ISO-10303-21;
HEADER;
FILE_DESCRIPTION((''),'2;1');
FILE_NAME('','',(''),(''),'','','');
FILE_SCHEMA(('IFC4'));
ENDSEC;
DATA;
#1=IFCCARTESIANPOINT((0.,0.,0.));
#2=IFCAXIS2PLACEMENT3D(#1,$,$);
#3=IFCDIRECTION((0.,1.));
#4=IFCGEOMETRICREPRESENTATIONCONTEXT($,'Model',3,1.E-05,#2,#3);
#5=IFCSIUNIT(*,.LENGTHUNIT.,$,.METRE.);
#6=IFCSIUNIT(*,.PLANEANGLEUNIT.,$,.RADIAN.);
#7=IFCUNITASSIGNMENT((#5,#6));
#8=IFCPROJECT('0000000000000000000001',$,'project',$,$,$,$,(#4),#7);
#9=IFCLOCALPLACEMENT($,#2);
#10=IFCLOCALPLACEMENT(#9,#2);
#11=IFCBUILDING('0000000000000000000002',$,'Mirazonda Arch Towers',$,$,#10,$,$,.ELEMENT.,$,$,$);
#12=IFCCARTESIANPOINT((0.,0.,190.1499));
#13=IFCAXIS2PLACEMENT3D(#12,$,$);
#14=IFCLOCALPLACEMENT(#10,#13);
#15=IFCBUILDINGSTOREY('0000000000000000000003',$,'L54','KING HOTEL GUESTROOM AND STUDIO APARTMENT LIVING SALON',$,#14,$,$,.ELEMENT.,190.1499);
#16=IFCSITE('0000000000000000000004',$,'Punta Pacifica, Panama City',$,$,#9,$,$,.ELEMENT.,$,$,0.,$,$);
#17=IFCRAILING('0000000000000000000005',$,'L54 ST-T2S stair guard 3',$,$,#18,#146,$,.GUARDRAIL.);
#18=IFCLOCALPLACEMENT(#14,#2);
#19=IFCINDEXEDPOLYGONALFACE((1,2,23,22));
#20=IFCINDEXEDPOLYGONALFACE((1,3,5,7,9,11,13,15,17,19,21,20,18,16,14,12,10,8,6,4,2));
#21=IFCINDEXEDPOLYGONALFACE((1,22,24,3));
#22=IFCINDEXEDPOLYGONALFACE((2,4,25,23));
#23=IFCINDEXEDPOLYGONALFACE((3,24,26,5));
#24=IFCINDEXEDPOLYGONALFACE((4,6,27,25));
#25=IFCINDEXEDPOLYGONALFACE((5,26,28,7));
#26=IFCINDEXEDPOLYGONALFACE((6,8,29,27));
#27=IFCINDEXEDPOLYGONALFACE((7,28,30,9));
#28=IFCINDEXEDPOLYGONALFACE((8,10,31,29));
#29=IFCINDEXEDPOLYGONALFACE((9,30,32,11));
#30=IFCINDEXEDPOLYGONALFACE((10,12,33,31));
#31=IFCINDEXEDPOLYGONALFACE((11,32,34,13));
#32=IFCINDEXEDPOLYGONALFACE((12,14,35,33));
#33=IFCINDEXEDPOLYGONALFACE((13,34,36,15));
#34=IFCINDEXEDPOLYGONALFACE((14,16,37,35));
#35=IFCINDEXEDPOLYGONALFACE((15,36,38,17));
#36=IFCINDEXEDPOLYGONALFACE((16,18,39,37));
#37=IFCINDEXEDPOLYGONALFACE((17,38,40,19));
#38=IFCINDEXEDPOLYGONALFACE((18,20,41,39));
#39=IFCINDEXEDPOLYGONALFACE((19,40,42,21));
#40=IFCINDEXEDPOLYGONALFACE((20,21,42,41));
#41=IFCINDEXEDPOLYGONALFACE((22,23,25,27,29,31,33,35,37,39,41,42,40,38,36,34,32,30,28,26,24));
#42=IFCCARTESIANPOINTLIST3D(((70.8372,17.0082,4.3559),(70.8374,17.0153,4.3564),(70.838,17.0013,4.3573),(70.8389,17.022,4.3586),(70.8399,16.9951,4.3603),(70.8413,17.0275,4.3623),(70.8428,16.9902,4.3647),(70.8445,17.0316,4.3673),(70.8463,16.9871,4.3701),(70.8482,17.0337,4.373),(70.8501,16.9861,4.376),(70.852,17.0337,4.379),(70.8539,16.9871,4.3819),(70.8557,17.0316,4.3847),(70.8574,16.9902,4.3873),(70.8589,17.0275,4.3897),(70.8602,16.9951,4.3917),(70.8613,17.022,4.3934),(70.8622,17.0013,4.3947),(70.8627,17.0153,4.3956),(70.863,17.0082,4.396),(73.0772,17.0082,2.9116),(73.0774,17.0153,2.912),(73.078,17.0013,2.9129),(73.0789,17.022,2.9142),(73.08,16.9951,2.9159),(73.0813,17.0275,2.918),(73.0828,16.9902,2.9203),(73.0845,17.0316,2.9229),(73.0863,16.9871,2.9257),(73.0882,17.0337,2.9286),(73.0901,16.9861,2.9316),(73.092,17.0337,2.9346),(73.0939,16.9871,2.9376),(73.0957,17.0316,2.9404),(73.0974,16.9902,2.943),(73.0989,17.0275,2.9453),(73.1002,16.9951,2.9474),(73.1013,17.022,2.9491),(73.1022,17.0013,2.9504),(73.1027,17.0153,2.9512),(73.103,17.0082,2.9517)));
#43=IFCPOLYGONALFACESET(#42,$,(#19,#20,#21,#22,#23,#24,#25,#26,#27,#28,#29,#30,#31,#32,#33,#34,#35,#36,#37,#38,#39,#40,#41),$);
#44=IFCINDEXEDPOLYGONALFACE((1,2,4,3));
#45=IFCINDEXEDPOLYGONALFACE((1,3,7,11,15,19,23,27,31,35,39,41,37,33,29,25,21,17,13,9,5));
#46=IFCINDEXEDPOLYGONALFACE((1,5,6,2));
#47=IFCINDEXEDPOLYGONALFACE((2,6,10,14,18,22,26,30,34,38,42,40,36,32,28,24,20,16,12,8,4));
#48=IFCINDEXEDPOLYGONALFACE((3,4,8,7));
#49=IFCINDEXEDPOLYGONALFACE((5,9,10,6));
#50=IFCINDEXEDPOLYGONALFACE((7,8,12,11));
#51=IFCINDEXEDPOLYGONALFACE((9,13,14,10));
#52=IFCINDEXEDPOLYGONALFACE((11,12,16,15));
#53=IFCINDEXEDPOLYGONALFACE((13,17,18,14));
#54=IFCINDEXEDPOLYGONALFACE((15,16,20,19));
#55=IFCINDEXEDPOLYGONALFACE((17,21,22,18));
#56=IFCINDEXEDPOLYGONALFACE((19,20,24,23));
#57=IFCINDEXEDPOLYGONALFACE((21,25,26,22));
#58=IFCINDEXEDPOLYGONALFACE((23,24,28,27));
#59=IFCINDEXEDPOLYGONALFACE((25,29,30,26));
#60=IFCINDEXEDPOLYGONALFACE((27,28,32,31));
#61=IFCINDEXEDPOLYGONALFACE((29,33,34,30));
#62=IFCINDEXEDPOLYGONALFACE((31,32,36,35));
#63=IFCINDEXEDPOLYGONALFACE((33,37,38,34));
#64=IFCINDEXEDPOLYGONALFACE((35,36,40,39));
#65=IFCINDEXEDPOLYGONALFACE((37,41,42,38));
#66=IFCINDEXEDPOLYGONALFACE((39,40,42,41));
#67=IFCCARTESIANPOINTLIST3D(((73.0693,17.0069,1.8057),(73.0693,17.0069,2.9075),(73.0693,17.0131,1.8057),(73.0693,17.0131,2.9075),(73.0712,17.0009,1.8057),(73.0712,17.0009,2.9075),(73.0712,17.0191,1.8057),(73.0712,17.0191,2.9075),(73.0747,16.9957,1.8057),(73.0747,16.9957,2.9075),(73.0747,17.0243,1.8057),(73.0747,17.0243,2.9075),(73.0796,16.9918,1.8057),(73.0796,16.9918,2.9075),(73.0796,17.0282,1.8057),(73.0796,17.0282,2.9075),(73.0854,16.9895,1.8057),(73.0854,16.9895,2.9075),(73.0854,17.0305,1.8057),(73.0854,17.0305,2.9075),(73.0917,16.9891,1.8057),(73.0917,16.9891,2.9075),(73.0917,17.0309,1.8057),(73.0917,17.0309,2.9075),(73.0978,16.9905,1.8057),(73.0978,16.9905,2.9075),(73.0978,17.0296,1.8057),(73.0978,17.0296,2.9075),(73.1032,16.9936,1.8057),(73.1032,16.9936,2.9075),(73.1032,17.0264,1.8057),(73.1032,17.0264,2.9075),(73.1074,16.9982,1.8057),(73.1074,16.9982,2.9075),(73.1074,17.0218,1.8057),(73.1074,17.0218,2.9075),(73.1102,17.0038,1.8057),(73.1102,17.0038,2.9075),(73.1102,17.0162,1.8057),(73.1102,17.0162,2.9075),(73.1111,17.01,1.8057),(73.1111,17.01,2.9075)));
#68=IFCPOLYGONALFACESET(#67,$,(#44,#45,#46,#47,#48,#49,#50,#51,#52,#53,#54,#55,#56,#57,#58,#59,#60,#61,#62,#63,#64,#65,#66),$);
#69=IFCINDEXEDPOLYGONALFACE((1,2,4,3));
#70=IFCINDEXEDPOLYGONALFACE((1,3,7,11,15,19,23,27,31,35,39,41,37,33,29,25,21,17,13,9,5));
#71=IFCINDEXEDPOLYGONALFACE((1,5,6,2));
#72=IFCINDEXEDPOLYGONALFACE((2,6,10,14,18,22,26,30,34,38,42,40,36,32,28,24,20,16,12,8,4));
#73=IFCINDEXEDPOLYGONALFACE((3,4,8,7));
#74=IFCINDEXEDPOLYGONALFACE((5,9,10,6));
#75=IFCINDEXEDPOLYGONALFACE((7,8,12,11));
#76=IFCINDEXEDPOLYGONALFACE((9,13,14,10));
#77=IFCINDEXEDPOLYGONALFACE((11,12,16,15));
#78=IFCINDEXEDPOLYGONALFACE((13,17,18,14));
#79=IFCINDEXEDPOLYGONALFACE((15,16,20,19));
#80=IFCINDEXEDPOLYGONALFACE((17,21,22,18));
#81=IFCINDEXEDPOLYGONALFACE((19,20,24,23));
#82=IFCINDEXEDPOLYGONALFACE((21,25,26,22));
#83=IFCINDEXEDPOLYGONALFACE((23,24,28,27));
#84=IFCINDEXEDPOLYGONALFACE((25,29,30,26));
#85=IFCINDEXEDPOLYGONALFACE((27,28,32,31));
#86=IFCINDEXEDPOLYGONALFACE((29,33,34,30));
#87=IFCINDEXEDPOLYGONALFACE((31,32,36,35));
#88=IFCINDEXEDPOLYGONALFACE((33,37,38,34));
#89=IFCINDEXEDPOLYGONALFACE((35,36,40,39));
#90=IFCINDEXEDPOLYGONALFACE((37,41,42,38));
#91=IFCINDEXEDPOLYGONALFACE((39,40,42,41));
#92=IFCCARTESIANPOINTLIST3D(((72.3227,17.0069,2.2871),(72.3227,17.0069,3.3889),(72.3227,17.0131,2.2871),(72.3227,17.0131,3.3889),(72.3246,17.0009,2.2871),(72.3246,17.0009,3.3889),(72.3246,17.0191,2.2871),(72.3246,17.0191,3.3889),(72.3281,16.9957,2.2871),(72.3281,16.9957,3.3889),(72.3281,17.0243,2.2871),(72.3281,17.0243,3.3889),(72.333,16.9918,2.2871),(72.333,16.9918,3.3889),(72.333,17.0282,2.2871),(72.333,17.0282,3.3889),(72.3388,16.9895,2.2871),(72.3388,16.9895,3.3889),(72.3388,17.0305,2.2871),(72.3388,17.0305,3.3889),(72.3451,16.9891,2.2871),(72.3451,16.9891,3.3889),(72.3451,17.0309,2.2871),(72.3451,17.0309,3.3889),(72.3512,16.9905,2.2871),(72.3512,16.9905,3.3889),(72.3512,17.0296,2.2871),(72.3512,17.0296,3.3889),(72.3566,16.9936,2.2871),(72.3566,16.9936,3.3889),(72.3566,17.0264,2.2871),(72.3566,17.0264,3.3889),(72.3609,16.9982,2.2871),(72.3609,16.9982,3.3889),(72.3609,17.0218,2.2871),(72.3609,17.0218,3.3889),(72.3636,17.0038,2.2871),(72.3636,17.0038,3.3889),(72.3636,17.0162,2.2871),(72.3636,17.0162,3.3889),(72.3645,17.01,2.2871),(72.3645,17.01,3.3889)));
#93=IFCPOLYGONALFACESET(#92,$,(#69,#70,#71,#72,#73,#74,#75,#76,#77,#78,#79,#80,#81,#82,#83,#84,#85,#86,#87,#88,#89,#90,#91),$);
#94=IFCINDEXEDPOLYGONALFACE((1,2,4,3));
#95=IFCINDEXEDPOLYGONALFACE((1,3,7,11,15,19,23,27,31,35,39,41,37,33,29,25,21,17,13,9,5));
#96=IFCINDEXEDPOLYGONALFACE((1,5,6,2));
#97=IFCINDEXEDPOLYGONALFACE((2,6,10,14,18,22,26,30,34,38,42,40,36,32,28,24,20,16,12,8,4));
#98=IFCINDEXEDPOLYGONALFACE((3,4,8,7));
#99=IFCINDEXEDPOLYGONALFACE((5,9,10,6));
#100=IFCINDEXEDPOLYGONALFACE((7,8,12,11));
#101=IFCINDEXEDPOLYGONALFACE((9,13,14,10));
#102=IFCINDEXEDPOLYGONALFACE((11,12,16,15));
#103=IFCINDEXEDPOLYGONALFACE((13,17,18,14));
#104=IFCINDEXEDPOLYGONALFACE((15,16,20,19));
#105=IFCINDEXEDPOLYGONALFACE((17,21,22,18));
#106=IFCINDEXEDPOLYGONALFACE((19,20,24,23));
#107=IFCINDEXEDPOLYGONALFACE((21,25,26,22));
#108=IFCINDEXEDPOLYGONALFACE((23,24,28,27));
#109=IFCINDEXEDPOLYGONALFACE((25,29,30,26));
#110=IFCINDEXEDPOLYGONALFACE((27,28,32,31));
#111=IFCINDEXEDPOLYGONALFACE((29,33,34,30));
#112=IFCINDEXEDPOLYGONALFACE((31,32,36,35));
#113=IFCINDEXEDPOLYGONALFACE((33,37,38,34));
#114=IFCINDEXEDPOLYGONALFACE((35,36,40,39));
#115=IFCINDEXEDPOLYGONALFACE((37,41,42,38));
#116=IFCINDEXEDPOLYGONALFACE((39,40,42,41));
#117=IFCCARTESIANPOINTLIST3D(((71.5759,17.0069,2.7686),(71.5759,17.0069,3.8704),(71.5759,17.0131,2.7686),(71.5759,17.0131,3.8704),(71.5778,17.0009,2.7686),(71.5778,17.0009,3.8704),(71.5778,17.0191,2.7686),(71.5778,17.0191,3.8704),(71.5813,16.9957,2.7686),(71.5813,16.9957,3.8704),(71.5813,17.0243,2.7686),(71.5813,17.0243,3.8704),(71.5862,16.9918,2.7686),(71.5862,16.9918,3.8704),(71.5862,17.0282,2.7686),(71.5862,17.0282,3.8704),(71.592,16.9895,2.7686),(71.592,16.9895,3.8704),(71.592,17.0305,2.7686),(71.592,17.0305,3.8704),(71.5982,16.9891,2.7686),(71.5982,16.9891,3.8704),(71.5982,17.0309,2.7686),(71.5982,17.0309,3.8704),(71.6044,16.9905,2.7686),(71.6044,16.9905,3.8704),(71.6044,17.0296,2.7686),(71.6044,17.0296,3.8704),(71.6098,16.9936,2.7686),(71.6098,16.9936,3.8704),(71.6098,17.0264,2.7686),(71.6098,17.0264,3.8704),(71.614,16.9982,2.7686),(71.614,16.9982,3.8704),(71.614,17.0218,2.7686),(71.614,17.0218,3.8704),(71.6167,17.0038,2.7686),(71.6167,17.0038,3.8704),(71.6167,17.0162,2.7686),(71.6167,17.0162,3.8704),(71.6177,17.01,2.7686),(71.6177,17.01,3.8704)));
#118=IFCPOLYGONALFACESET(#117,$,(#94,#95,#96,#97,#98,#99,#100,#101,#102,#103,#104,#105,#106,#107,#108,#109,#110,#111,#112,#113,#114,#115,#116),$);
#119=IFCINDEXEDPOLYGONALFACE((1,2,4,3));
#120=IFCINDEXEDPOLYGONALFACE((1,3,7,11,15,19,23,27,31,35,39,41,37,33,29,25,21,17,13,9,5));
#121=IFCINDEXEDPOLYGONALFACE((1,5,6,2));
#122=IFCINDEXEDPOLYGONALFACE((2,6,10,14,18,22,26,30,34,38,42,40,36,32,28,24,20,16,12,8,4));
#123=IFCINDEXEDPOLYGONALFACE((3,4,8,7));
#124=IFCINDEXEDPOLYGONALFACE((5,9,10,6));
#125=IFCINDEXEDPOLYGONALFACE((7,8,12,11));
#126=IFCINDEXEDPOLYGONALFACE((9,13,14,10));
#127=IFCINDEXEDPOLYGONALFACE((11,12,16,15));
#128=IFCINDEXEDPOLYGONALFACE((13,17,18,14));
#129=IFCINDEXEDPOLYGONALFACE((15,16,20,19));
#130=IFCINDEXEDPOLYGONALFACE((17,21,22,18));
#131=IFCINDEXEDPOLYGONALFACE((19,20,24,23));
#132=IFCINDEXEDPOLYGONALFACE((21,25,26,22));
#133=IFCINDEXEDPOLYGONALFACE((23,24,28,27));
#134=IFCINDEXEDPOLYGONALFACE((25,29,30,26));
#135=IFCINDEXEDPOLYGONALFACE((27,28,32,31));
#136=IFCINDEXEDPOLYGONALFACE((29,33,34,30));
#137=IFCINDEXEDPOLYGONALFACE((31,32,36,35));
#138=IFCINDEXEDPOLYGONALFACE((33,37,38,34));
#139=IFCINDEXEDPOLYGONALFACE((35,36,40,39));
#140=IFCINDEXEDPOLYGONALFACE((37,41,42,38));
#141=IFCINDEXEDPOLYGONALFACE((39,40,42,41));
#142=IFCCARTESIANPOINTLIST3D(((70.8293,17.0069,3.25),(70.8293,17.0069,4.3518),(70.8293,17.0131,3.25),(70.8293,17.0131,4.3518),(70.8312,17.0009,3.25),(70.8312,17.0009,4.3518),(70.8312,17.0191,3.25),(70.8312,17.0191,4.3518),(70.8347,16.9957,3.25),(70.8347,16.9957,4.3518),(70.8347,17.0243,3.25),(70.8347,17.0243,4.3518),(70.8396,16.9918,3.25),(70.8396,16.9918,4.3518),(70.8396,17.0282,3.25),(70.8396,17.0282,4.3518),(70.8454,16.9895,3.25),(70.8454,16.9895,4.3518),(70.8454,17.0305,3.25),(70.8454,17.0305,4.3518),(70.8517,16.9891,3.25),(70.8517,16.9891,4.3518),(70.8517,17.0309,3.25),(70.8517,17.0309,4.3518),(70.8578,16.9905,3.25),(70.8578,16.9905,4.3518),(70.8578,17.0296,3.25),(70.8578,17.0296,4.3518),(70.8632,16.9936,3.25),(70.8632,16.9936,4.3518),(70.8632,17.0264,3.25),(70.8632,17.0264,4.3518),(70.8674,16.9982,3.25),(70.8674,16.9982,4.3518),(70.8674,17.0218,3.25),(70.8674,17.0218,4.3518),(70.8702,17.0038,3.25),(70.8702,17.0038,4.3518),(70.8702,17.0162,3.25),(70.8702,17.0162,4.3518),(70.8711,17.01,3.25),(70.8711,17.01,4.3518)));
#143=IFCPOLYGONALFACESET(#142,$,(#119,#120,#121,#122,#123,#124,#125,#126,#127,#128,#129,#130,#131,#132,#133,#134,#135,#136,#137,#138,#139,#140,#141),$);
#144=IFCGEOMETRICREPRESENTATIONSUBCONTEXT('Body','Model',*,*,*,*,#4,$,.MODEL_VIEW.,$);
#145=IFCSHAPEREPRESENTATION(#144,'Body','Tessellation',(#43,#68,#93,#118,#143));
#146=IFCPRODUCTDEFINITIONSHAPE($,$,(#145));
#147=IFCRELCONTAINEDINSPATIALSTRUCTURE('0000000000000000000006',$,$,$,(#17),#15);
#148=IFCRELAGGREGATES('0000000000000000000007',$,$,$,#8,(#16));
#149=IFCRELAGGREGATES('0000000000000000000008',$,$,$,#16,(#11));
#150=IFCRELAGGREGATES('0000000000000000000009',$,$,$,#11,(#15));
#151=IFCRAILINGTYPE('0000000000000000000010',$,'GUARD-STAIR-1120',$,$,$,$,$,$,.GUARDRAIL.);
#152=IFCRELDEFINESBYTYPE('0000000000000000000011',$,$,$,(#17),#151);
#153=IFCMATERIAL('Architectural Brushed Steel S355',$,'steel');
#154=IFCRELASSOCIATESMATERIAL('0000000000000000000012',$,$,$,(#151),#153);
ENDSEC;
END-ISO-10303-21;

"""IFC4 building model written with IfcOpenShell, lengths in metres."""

from ifc_helpers import new_model, si_unit, direction, frame, origin, origin_2d, place, context, subcontext, project, spatial, circle, extrude, material, type_object, element, save


model = new_model("IFC4")

# Units and contexts
model_context = context("Model", 3, precision=1e-05, world=origin(), true_north=direction((0.0, 1.0)))
body_context = subcontext(model_context, "Body", "Model", "MODEL_VIEW")
ifc_project = project(units=[si_unit("LENGTHUNIT", "METRE"), si_unit("PLANEANGLEUNIT", "RADIAN")], contexts=[model_context])

# Site, building, storey
site_placement = place(None, origin())
site = spatial("IfcSite", under=ifc_project, at=site_placement, Name="Punta Pacifica, Panama City", CompositionType="ELEMENT", RefElevation=0.0)
building_placement = place(site_placement, origin())
building = spatial("IfcBuilding", under=site, at=building_placement, Name="Mirazonda Arch Towers", CompositionType="ELEMENT")
storey_placement = place(building_placement, frame((0.0, 0.0, 190.1499)))
storey = spatial("IfcBuildingStorey", under=building, at=storey_placement, Name="L54", Description="KING HOTEL GUESTROOM AND STUDIO APARTMENT LIVING SALON", CompositionType="ELEMENT", Elevation=190.1499)

# Shared definitions
ifc_material_1 = material(Name="Architectural Brushed Steel S355", Category="steel")

# Railing
railing_type_1 = type_object("IfcRailingType", Name="GUARD-STAIR-1120", PredefinedType="GUARDRAIL", material=ifc_material_1)
railing_1_placement = place(storey_placement, frame((73.0901, 17.01, 1.8057)))
element("IfcRailing", 1, at=railing_1_placement, inside=storey, type_object=railing_type_1, Name="L54 ST-T2S stair guard 3", PredefinedType="GUARDRAIL", context=body_context, shape_type="SweptSolid", body=[
    extrude(circle(Radius=0.0239, at=origin_2d()), frame((0.0, 0.0, 1.126), z_axis=(-0.840437, 0.0, 0.54191), x_axis=(0.0, -1.0, 0.0)), (0.0, 0.0, 1.0), 2.6653),
    extrude(circle(Radius=0.021, at=origin_2d()), origin(), (0.0, 0.0, 1.0), 1.1018),
    extrude(circle(Radius=0.021, at=origin_2d()), frame((-0.7466, 0.0, 0.4814)), (0.0, 0.0, 1.0), 1.1018),
    extrude(circle(Radius=0.021, at=origin_2d()), frame((-1.4934, 0.0, 0.9629)), (0.0, 0.0, 1.0), 1.1018),
    extrude(circle(Radius=0.021, at=origin_2d()), frame((-2.24, 0.0, 1.4443)), (0.0, 0.0, 1.0), 1.1018),
])

save(model, "model.ifc")
